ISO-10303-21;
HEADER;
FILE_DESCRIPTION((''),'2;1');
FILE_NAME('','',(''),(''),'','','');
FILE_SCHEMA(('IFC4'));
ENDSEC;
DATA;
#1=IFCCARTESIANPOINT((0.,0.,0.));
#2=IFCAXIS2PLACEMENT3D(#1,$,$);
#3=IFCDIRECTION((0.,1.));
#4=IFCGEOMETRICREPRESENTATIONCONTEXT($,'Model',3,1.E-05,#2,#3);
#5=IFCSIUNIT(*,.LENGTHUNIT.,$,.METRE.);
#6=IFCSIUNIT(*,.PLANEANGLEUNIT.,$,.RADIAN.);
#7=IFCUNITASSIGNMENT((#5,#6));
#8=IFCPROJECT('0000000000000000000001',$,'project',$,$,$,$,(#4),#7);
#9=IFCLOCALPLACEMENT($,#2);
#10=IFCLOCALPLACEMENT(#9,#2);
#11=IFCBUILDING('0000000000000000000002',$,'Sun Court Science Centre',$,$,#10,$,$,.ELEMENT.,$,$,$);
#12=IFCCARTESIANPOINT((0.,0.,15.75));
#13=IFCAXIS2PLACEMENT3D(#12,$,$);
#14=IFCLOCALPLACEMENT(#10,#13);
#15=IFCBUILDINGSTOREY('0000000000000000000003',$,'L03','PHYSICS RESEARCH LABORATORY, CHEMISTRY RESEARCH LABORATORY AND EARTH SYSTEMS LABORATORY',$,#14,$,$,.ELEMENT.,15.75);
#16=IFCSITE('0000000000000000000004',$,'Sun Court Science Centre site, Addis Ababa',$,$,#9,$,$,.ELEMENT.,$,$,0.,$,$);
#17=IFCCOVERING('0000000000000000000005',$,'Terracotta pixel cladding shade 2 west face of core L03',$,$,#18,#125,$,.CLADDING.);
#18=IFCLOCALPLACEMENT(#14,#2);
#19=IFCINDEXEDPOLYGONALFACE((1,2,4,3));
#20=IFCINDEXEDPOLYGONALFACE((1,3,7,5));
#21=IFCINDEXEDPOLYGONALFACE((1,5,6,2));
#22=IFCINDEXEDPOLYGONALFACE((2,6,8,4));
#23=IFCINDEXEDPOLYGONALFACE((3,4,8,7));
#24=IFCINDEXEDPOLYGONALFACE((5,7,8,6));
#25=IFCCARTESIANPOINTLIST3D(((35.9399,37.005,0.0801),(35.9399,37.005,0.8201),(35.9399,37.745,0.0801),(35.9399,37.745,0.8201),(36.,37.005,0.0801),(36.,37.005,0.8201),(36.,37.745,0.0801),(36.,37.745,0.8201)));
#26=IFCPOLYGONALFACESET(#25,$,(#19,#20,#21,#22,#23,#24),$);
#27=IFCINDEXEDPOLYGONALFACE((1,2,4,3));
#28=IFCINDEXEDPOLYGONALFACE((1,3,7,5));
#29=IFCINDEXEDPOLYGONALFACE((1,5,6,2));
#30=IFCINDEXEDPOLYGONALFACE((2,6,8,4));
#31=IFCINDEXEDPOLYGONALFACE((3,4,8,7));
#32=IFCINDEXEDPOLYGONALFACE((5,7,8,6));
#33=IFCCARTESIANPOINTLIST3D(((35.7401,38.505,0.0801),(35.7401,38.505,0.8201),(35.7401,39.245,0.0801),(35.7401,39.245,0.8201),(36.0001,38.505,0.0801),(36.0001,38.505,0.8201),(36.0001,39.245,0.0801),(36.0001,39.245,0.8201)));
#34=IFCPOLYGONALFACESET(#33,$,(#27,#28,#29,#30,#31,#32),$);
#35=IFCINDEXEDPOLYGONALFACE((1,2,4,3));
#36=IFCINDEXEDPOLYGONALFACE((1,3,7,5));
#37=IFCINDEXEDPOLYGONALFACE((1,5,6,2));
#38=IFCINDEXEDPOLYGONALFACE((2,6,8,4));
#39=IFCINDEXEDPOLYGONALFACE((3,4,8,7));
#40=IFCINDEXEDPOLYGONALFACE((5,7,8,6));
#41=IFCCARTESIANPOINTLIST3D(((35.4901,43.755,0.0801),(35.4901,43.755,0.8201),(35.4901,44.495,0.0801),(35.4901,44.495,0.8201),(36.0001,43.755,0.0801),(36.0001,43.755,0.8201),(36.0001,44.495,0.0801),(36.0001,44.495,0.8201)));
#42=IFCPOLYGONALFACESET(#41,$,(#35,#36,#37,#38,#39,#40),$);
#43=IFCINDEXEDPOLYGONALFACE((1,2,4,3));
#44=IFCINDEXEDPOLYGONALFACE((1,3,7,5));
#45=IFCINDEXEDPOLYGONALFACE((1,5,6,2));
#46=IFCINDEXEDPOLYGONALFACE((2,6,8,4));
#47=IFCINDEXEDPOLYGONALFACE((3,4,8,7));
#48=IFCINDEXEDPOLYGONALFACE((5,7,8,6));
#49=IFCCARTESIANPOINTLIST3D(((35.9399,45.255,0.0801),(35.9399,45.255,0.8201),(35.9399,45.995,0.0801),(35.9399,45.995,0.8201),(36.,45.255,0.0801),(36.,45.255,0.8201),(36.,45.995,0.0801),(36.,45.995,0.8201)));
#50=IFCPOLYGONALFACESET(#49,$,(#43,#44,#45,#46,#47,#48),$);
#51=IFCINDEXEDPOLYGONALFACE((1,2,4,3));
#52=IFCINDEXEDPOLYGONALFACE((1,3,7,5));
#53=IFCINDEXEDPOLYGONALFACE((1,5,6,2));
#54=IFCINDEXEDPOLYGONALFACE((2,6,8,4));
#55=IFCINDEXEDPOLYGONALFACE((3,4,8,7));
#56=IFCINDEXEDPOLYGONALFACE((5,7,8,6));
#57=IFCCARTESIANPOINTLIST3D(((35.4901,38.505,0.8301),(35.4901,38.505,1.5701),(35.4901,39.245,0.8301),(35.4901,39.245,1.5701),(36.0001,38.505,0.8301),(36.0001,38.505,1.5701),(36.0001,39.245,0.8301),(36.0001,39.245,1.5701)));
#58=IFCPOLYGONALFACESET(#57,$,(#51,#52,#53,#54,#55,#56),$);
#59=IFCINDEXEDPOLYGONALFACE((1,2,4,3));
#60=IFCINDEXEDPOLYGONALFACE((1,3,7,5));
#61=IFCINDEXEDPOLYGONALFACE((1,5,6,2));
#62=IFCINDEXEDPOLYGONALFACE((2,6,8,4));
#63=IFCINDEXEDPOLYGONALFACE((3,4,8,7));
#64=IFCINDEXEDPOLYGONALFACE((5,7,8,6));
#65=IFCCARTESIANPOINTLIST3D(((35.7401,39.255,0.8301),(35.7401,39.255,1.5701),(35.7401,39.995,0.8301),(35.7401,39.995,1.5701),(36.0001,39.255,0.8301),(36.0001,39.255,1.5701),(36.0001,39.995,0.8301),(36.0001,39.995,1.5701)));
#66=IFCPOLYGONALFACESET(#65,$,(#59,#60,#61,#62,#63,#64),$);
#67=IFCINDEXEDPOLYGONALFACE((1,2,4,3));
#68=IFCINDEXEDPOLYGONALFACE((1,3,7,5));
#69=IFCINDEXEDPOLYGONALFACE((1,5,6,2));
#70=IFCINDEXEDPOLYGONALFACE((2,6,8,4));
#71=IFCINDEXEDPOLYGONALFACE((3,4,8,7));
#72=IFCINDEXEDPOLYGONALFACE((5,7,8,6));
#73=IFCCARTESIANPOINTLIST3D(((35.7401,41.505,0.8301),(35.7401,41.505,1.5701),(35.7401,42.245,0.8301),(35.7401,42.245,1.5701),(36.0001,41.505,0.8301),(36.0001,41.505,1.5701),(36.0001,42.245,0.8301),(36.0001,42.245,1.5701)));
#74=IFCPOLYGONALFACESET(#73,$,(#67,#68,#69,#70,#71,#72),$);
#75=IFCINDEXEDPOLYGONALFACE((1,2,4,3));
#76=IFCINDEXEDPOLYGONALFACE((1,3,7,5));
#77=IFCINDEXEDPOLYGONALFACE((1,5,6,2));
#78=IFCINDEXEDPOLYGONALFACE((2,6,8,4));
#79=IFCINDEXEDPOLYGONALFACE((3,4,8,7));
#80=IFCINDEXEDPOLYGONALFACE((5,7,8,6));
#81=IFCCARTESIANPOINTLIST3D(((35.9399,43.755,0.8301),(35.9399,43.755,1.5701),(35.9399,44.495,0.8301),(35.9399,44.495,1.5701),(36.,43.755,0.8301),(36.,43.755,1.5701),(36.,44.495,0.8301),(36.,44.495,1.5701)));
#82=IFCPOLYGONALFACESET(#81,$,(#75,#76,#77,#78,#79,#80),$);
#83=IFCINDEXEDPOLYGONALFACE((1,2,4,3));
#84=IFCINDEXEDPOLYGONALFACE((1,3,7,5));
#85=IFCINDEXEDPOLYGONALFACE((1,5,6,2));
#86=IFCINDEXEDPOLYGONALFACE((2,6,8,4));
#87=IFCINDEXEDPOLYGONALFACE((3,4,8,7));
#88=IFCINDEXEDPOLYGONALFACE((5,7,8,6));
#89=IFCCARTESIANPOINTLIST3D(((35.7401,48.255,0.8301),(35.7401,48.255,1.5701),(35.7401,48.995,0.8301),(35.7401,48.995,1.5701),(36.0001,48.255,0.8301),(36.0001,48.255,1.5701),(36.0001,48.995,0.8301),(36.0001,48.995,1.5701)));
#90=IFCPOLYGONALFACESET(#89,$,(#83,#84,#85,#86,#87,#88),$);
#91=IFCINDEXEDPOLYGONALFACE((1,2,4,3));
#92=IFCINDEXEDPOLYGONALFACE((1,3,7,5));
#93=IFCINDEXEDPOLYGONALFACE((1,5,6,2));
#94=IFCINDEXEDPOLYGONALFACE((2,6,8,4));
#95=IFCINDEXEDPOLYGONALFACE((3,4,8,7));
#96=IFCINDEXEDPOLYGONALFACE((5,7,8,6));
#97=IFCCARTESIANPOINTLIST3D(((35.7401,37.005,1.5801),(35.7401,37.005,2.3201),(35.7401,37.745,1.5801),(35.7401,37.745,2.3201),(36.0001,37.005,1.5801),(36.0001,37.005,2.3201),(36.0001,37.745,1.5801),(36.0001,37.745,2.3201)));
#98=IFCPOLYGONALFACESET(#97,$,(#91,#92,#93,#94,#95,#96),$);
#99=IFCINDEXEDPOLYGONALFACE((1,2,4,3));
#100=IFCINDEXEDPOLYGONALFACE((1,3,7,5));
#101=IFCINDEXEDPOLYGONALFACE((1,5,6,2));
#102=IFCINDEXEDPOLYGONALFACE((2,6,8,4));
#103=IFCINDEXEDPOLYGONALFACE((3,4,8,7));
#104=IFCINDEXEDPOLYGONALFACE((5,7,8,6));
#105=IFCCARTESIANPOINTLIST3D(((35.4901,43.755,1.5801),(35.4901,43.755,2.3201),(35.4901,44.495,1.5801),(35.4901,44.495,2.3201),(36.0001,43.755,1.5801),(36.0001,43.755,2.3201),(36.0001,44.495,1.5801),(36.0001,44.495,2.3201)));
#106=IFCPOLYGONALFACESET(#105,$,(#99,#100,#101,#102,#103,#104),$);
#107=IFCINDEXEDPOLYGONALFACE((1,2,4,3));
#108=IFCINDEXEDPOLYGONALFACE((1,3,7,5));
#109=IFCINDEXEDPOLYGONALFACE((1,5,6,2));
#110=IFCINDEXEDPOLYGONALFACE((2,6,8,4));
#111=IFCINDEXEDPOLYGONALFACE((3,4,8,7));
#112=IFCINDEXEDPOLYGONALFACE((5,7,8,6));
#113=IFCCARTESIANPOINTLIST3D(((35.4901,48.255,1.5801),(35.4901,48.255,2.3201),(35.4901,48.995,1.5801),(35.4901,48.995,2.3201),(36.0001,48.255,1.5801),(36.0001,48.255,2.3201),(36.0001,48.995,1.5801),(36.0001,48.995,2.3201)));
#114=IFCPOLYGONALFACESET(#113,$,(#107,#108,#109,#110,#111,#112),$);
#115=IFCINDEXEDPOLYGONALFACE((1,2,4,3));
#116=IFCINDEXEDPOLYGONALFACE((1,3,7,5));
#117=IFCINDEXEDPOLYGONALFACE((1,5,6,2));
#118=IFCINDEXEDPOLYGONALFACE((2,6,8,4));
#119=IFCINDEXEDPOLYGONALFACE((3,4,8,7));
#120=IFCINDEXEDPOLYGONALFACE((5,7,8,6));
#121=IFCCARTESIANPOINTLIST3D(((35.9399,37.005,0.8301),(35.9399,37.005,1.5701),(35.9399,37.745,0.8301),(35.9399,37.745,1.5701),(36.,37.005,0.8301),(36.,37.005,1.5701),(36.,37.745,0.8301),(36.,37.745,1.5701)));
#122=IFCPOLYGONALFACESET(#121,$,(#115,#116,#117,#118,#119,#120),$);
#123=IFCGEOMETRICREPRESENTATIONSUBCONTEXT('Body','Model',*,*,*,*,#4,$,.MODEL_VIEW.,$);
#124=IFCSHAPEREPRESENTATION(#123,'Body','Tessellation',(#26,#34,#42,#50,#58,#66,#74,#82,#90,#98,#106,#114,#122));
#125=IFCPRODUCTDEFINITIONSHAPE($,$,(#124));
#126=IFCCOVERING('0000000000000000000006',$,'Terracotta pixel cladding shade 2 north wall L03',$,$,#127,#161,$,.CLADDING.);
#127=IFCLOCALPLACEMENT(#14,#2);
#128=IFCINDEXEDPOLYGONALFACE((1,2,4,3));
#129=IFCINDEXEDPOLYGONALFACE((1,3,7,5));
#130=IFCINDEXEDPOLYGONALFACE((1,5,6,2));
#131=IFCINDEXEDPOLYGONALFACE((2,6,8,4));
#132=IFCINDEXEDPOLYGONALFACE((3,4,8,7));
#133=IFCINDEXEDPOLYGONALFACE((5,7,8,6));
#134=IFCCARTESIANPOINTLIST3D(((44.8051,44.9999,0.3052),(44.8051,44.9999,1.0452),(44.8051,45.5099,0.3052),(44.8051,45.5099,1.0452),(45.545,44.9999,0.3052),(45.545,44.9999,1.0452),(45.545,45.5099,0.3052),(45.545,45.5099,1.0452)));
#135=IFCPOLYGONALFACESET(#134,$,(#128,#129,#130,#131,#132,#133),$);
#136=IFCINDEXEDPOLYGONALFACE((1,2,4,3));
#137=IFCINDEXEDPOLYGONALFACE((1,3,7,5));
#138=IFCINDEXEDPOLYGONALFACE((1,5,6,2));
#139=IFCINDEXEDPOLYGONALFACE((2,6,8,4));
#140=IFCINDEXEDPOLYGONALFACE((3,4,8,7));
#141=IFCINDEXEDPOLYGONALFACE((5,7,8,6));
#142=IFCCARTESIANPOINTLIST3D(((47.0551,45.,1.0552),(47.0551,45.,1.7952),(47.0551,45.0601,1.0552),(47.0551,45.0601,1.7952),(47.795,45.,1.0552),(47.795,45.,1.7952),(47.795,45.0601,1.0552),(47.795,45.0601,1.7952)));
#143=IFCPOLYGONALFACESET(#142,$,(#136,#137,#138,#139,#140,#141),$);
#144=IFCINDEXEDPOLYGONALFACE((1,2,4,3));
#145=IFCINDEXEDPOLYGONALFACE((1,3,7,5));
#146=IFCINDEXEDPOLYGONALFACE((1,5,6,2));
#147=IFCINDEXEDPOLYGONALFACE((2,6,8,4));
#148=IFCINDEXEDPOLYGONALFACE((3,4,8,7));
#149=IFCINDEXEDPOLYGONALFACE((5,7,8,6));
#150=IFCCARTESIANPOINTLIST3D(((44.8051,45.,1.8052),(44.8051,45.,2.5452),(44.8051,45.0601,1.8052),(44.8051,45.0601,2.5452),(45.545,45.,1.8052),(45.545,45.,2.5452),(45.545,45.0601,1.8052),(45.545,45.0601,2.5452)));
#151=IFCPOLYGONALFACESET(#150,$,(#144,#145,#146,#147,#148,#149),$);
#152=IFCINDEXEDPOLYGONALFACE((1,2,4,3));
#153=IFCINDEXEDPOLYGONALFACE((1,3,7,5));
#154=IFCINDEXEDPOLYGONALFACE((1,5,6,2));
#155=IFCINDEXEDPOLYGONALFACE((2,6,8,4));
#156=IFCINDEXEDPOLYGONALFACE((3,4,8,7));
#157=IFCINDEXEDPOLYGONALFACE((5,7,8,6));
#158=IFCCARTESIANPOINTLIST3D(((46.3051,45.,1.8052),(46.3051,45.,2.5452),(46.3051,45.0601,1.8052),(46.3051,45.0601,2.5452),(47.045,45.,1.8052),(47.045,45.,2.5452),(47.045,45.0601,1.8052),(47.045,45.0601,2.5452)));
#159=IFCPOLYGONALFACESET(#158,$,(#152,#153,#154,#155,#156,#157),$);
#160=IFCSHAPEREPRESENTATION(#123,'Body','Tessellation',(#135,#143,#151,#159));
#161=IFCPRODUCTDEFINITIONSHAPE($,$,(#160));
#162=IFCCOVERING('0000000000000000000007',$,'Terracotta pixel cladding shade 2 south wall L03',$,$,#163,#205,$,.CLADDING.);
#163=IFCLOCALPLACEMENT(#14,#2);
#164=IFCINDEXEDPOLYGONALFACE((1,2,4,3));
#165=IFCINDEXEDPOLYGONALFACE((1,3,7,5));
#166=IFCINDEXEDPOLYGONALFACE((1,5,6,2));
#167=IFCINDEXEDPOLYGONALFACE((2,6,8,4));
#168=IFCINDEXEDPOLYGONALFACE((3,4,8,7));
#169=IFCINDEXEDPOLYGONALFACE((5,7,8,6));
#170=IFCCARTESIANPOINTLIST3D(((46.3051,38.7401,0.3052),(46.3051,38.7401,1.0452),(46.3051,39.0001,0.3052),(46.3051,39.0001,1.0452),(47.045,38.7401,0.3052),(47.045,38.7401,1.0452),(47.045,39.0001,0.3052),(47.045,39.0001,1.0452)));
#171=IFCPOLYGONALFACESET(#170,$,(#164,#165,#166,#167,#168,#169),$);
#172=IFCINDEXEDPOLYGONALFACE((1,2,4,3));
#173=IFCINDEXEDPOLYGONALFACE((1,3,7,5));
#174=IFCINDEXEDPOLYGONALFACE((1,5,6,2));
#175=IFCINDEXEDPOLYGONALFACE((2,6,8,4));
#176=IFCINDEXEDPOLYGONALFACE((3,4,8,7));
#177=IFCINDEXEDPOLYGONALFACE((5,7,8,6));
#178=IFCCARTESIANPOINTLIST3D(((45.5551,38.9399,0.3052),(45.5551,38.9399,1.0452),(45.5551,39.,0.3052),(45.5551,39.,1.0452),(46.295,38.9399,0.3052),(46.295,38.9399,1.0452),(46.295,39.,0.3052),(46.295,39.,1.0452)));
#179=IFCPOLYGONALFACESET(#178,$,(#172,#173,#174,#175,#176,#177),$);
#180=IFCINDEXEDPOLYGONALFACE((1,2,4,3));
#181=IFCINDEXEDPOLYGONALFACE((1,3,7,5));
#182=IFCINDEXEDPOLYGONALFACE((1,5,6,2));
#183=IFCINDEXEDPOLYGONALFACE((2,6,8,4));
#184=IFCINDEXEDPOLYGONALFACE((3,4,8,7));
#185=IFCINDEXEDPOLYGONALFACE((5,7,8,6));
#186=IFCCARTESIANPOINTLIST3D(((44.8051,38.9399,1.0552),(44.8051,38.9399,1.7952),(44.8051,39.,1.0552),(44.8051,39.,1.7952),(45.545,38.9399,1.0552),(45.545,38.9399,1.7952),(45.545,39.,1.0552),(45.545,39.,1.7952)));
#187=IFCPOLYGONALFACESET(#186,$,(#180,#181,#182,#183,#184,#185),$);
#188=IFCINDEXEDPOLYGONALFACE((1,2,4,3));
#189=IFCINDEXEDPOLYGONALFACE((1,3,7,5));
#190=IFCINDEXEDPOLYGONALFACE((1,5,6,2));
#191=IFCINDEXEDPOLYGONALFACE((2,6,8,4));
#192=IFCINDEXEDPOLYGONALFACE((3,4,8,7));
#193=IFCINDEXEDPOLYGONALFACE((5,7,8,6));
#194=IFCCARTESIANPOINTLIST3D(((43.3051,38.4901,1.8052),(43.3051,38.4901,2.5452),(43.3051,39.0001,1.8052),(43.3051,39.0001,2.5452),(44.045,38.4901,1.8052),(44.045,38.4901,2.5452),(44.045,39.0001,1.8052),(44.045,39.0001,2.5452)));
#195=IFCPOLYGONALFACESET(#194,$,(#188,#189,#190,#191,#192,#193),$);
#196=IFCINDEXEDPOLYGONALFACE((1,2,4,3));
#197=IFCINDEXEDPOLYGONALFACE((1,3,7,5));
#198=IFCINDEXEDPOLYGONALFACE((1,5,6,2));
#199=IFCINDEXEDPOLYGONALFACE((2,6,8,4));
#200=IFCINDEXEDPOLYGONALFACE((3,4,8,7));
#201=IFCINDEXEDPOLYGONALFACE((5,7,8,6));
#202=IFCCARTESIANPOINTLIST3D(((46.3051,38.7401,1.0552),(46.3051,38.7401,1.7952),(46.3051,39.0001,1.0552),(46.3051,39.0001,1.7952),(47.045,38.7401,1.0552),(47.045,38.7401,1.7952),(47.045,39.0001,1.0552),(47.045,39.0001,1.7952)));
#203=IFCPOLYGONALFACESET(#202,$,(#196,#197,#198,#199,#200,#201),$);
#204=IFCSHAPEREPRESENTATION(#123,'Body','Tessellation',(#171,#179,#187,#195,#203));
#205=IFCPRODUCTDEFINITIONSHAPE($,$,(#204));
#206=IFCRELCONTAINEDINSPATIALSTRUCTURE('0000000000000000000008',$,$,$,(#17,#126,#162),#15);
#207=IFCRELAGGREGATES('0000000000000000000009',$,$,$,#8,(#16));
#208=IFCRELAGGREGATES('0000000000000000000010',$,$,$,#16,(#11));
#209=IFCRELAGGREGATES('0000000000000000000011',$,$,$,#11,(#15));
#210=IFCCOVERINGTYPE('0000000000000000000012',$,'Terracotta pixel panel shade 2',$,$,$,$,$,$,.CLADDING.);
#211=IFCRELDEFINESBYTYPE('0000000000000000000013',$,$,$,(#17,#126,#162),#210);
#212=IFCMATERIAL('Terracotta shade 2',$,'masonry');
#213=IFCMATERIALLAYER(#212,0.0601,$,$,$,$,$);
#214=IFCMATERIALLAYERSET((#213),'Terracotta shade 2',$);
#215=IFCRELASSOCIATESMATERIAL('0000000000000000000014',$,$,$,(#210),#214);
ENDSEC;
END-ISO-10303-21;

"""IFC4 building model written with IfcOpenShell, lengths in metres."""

from ifc_helpers import new_model, si_unit, direction, frame, origin, origin_2d, place, context, subcontext, project, spatial, rectangle, extrude, material, layer, layer_set, type_object, element, save


model = new_model("IFC4")

# Units and contexts
model_context = context("Model", 3, precision=1e-05, world=origin(), true_north=direction((0.0, 1.0)))
body_context = subcontext(model_context, "Body", "Model", "MODEL_VIEW")
ifc_project = project(units=[si_unit("LENGTHUNIT", "METRE"), si_unit("PLANEANGLEUNIT", "RADIAN")], contexts=[model_context])

# Site, building, storey
site_placement = place(None, origin())
site = spatial("IfcSite", under=ifc_project, at=site_placement, Name="Sun Court Science Centre site, Addis Ababa", CompositionType="ELEMENT", RefElevation=0.0)
building_placement = place(site_placement, origin())
building = spatial("IfcBuilding", under=site, at=building_placement, Name="Sun Court Science Centre", CompositionType="ELEMENT")
storey_placement = place(building_placement, frame((0.0, 0.0, 15.75)))
storey = spatial("IfcBuildingStorey", under=building, at=storey_placement, Name="L03", Description="PHYSICS RESEARCH LABORATORY, CHEMISTRY RESEARCH LABORATORY AND EARTH SYSTEMS LABORATORY", CompositionType="ELEMENT", Elevation=15.75)

# Coverings
ifc_material_1 = material(Name="Terracotta shade 2", Category="masonry")
ifc_layer_1 = layer(ifc_material_1, 0.0601)
ifc_layer_set_1 = layer_set([ifc_layer_1], Name="Terracotta shade 2")
covering_type_1 = type_object("IfcCoveringType", Name="Terracotta pixel panel shade 2", PredefinedType="CLADDING", material=ifc_layer_set_1)
covering_1_placement = place(storey_placement, frame((0.0, 0.0, -15.75)))
element("IfcCovering", 1, at=covering_1_placement, inside=storey, type_object=covering_type_1, Name="Terracotta pixel cladding shade 2 west face of core L03", PredefinedType="CLADDING", context=body_context, shape_type="SweptSolid", body=[
    extrude(rectangle(XDim=0.74, YDim=0.0601, at=origin_2d()), frame((35.97, 37.375, 15.8301), z_axis=(0.0, 0.0, 1.0), x_axis=(0.0, 1.0, 0.0)), (0.0, 0.0, 1.0), 0.74),
    extrude(rectangle(XDim=0.74, YDim=0.26, at=origin_2d()), frame((35.8701, 38.875, 15.8301), z_axis=(0.0, 0.0, 1.0), x_axis=(0.0, 1.0, 0.0)), (0.0, 0.0, 1.0), 0.74),
    extrude(rectangle(XDim=0.74, YDim=0.51, at=origin_2d()), frame((35.7451, 44.125, 15.8301), z_axis=(0.0, 0.0, 1.0), x_axis=(0.0, 1.0, 0.0)), (0.0, 0.0, 1.0), 0.74),
    extrude(rectangle(XDim=0.74, YDim=0.0601, at=origin_2d()), frame((35.97, 45.625, 15.8301), z_axis=(0.0, 0.0, 1.0), x_axis=(0.0, 1.0, 0.0)), (0.0, 0.0, 1.0), 0.74),
    extrude(rectangle(XDim=0.74, YDim=0.51, at=origin_2d()), frame((35.7451, 38.875, 16.5801), z_axis=(0.0, 0.0, 1.0), x_axis=(0.0, 1.0, 0.0)), (0.0, 0.0, 1.0), 0.74),
    extrude(rectangle(XDim=0.74, YDim=0.26, at=origin_2d()), frame((35.8701, 39.625, 16.5801), z_axis=(0.0, 0.0, 1.0), x_axis=(0.0, 1.0, 0.0)), (0.0, 0.0, 1.0), 0.74),
    extrude(rectangle(XDim=0.74, YDim=0.26, at=origin_2d()), frame((35.8701, 41.875, 16.5801), z_axis=(0.0, 0.0, 1.0), x_axis=(0.0, 1.0, 0.0)), (0.0, 0.0, 1.0), 0.74),
    extrude(rectangle(XDim=0.74, YDim=0.0601, at=origin_2d()), frame((35.97, 44.125, 16.5801), z_axis=(0.0, 0.0, 1.0), x_axis=(0.0, 1.0, 0.0)), (0.0, 0.0, 1.0), 0.74),
    extrude(rectangle(XDim=0.74, YDim=0.26, at=origin_2d()), frame((35.8701, 48.625, 16.5801), z_axis=(0.0, 0.0, 1.0), x_axis=(0.0, 1.0, 0.0)), (0.0, 0.0, 1.0), 0.74),
    extrude(rectangle(XDim=0.74, YDim=0.26, at=origin_2d()), frame((35.8701, 37.375, 17.3301), z_axis=(0.0, 0.0, 1.0), x_axis=(0.0, 1.0, 0.0)), (0.0, 0.0, 1.0), 0.74),
    extrude(rectangle(XDim=0.74, YDim=0.51, at=origin_2d()), frame((35.7451, 44.125, 17.3301), z_axis=(0.0, 0.0, 1.0), x_axis=(0.0, 1.0, 0.0)), (0.0, 0.0, 1.0), 0.74),
    extrude(rectangle(XDim=0.74, YDim=0.51, at=origin_2d()), frame((35.7451, 48.625, 17.3301), z_axis=(0.0, 0.0, 1.0), x_axis=(0.0, 1.0, 0.0)), (0.0, 0.0, 1.0), 0.74),
    extrude(rectangle(XDim=0.74, YDim=0.0601, at=origin_2d()), frame((35.97, 37.375, 16.5801), z_axis=(0.0, 0.0, 1.0), x_axis=(0.0, 1.0, 0.0)), (0.0, 0.0, 1.0), 0.74),
])
covering_2_placement = place(storey_placement, frame((0.0, 0.0, -15.75)))
element("IfcCovering", 2, at=covering_2_placement, inside=storey, type_object=covering_type_1, Name="Terracotta pixel cladding shade 2 north wall L03", PredefinedType="CLADDING", context=body_context, shape_type="SweptSolid", body=[
    extrude(rectangle(XDim=0.74, YDim=0.51, at=origin_2d()), frame((45.175, 45.2549, 16.0552), z_axis=(0.0, 0.0, 1.0), x_axis=(1.0, 0.0, 0.0)), (0.0, 0.0, 1.0), 0.74),
    extrude(rectangle(XDim=0.74, YDim=0.0601, at=origin_2d()), frame((47.425, 45.03, 16.8052), z_axis=(0.0, 0.0, 1.0), x_axis=(1.0, 0.0, 0.0)), (0.0, 0.0, 1.0), 0.74),
    extrude(rectangle(XDim=0.74, YDim=0.0601, at=origin_2d()), frame((45.175, 45.03, 17.5552), z_axis=(0.0, 0.0, 1.0), x_axis=(1.0, 0.0, 0.0)), (0.0, 0.0, 1.0), 0.74),
    extrude(rectangle(XDim=0.74, YDim=0.0601, at=origin_2d()), frame((46.675, 45.03, 17.5552), z_axis=(0.0, 0.0, 1.0), x_axis=(1.0, 0.0, 0.0)), (0.0, 0.0, 1.0), 0.74),
])
covering_3_placement = place(storey_placement, frame((0.0, 0.0, -15.75)))
element("IfcCovering", 3, at=covering_3_placement, inside=storey, type_object=covering_type_1, Name="Terracotta pixel cladding shade 2 south wall L03", PredefinedType="CLADDING", context=body_context, shape_type="SweptSolid", body=[
    extrude(rectangle(XDim=0.74, YDim=0.26, at=origin_2d()), frame((46.675, 38.8701, 16.0552), z_axis=(0.0, 0.0, 1.0), x_axis=(-1.0, 0.0, 0.0)), (0.0, 0.0, 1.0), 0.74),
    extrude(rectangle(XDim=0.74, YDim=0.0601, at=origin_2d()), frame((45.925, 38.97, 16.0552), z_axis=(0.0, 0.0, 1.0), x_axis=(-1.0, 0.0, 0.0)), (0.0, 0.0, 1.0), 0.74),
    extrude(rectangle(XDim=0.74, YDim=0.0601, at=origin_2d()), frame((45.175, 38.97, 16.8052), z_axis=(0.0, 0.0, 1.0), x_axis=(-1.0, 0.0, 0.0)), (0.0, 0.0, 1.0), 0.74),
    extrude(rectangle(XDim=0.74, YDim=0.51, at=origin_2d()), frame((43.675, 38.7451, 17.5552), z_axis=(0.0, 0.0, 1.0), x_axis=(-1.0, 0.0, 0.0)), (0.0, 0.0, 1.0), 0.74),
    extrude(rectangle(XDim=0.74, YDim=0.26, at=origin_2d()), frame((46.675, 38.8701, 16.8052), z_axis=(0.0, 0.0, 1.0), x_axis=(-1.0, 0.0, 0.0)), (0.0, 0.0, 1.0), 0.74),
])

save(model, "model.ifc")
